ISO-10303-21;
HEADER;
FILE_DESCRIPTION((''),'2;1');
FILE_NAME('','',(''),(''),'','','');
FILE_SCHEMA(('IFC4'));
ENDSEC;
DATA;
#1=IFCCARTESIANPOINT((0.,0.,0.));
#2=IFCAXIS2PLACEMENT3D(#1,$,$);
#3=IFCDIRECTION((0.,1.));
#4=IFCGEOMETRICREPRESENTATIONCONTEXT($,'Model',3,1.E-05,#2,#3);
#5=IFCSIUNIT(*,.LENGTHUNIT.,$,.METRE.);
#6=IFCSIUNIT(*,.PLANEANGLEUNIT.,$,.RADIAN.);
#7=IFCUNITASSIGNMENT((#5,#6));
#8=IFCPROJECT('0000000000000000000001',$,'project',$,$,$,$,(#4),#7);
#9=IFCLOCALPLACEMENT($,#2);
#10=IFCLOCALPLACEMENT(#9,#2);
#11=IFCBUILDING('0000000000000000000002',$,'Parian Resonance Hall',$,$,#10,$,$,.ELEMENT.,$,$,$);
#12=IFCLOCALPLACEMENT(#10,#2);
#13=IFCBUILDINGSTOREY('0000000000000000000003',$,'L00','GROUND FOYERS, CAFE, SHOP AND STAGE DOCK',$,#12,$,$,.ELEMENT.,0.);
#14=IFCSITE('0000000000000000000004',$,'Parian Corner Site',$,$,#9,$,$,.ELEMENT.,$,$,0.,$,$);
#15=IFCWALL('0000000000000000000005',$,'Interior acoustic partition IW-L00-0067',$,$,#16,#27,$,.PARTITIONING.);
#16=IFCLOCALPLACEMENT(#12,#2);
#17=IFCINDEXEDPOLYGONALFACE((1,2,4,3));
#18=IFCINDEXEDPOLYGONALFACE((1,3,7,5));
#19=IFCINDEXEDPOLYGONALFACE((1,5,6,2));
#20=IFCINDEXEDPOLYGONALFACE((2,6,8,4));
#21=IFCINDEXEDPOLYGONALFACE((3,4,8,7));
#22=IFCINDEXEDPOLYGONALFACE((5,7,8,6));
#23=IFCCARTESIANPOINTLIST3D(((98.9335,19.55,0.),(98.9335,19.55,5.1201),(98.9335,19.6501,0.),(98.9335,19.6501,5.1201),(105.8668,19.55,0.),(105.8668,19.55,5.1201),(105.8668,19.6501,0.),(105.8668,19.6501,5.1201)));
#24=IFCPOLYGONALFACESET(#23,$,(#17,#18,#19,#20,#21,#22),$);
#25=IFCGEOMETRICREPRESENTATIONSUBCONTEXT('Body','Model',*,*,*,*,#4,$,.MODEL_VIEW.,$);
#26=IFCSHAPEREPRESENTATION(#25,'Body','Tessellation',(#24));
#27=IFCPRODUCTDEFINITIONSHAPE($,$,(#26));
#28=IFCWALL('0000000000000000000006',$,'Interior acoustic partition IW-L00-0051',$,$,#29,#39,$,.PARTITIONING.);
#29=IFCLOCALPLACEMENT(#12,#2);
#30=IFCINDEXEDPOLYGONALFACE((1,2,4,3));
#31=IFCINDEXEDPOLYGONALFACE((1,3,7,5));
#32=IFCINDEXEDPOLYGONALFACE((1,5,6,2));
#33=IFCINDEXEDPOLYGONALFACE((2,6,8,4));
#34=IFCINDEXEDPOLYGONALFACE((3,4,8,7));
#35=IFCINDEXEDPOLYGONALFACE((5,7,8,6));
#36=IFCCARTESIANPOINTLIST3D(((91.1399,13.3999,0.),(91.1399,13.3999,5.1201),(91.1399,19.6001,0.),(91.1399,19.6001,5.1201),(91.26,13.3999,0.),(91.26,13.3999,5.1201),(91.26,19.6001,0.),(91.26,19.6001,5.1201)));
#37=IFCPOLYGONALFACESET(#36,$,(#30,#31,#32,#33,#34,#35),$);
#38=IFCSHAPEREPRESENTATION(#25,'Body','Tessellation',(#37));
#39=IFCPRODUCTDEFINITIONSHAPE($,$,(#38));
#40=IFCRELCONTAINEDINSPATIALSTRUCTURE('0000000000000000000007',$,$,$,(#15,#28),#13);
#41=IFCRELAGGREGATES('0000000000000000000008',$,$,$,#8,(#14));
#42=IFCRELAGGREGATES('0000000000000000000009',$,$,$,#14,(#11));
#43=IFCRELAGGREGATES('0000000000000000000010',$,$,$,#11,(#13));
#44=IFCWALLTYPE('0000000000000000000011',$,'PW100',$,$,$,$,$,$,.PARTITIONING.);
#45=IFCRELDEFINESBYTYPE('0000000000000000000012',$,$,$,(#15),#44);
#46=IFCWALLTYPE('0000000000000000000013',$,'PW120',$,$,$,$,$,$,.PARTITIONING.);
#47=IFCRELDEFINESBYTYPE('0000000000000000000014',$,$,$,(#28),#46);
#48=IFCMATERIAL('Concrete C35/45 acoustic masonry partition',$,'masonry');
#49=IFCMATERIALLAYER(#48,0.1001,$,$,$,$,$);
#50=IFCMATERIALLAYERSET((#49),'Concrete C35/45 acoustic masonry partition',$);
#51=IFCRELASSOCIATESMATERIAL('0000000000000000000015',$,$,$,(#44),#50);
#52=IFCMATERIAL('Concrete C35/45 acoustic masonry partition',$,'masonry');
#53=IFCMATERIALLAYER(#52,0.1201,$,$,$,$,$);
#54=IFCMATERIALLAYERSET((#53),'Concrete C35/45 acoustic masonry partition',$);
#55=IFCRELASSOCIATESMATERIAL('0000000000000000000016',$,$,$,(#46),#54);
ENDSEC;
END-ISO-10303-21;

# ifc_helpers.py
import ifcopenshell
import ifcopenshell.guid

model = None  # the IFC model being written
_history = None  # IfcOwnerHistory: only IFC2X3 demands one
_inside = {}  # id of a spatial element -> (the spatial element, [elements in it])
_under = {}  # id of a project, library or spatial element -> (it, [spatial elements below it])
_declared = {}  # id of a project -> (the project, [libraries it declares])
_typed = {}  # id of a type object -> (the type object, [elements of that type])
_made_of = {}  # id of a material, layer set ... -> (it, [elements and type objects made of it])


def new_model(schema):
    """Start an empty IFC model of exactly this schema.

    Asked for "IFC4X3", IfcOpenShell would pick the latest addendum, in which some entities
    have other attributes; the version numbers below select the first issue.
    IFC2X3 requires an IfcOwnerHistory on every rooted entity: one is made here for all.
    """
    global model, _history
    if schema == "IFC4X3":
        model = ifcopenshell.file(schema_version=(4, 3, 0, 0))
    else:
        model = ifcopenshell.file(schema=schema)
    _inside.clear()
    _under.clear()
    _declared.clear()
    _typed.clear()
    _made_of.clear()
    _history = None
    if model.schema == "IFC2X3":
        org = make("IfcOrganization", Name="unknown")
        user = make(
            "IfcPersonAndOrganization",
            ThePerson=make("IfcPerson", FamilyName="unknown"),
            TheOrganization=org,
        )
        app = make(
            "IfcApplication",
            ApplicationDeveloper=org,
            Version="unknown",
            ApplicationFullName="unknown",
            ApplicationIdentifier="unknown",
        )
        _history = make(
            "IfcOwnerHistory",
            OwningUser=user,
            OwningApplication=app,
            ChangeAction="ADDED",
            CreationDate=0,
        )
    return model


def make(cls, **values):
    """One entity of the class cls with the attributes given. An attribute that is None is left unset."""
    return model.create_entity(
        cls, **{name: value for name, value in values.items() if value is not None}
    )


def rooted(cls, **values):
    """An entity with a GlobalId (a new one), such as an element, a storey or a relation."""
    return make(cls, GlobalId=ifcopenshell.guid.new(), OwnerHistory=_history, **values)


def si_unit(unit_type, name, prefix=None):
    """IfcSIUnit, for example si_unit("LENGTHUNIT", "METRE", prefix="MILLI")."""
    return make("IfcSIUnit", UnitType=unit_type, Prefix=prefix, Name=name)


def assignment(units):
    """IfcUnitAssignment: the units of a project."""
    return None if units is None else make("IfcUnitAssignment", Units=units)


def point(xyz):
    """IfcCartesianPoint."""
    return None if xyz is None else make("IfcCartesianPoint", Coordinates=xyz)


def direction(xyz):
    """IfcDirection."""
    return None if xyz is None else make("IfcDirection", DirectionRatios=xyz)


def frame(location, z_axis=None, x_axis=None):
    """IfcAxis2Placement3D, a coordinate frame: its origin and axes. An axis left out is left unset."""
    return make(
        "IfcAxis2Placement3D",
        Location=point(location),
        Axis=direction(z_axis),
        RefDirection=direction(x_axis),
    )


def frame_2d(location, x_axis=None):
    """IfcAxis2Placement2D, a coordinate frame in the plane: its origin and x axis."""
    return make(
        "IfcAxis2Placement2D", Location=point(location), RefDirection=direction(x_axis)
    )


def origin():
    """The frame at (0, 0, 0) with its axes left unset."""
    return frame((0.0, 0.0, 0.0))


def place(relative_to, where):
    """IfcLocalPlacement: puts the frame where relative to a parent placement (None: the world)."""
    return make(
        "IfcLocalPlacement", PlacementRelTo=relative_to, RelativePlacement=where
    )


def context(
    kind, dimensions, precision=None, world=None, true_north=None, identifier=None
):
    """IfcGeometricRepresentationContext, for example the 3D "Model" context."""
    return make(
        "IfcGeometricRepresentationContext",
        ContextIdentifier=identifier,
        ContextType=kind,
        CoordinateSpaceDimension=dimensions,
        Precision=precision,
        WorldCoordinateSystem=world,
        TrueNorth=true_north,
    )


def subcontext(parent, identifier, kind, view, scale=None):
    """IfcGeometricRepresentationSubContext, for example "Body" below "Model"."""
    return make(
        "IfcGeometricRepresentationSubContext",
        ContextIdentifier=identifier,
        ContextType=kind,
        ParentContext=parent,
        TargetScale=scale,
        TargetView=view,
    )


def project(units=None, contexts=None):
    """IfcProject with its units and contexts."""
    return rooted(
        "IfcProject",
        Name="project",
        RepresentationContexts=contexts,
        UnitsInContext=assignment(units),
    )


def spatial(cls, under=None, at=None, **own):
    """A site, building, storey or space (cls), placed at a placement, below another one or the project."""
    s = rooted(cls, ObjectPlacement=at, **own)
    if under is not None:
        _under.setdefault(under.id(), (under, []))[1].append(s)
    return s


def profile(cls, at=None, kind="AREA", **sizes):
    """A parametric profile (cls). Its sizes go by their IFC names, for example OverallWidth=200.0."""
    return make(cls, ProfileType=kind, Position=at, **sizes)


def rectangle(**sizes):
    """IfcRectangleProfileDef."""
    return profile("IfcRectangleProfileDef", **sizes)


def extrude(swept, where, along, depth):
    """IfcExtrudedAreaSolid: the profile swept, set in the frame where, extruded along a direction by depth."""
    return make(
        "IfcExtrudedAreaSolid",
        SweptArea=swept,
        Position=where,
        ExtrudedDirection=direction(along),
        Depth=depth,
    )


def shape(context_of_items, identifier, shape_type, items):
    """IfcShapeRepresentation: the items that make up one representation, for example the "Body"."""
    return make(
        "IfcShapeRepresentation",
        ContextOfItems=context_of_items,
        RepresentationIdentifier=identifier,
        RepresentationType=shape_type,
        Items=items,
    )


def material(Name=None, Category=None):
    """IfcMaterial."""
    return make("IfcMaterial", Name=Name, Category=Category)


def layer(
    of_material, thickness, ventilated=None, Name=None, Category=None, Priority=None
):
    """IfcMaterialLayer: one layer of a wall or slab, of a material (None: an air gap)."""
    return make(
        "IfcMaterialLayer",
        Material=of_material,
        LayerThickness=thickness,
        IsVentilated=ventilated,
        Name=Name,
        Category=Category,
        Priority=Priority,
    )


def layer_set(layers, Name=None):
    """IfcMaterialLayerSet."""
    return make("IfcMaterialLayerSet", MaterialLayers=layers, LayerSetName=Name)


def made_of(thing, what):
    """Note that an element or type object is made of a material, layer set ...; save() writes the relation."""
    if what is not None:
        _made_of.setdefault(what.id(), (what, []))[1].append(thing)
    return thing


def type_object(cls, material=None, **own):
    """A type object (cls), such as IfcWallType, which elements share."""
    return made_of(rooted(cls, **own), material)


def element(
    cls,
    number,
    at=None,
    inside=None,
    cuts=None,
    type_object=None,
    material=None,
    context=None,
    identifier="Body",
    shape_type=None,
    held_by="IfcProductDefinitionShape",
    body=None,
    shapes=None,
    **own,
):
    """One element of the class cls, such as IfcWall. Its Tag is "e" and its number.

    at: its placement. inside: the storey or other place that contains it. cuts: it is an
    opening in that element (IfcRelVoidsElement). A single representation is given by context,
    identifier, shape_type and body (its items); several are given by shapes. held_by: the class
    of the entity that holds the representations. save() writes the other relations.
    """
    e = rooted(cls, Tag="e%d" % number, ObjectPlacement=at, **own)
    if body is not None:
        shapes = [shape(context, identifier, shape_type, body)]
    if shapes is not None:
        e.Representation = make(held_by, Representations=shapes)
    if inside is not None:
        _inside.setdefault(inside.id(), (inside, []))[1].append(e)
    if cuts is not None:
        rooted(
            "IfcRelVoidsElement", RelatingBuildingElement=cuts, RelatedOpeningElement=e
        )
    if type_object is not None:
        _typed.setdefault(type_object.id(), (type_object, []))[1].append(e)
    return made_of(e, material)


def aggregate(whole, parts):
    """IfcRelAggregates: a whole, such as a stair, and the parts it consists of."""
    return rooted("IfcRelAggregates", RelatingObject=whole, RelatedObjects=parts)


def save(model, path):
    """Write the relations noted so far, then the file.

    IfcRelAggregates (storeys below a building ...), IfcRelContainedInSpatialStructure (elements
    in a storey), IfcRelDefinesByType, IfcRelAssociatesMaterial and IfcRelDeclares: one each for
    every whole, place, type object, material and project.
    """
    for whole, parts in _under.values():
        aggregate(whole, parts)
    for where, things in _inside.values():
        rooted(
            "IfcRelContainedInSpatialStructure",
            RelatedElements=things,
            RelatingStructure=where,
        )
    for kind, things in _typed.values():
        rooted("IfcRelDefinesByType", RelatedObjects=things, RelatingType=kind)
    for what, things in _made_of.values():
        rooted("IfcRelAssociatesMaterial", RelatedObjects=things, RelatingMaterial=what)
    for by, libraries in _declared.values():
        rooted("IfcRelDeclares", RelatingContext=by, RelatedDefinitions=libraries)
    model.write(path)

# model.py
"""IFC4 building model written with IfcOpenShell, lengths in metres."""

from ifc_helpers import new_model, si_unit, direction, frame, frame_2d, origin, place, context, subcontext, project, spatial, rectangle, extrude, material, layer, layer_set, type_object, element, save


model = new_model("IFC4")

# Units and contexts
model_context = context("Model", 3, precision=1e-05, world=origin(), true_north=direction((0.0, 1.0)))
body_context = subcontext(model_context, "Body", "Model", "MODEL_VIEW")
ifc_project = project(units=[si_unit("LENGTHUNIT", "METRE"), si_unit("PLANEANGLEUNIT", "RADIAN")], contexts=[model_context])

# Site, building, storey
site_placement = place(None, origin())
site = spatial("IfcSite", under=ifc_project, at=site_placement, Name="Parian Corner Site", CompositionType="ELEMENT", RefElevation=0.0)
building_placement = place(site_placement, origin())
building = spatial("IfcBuilding", under=site, at=building_placement, Name="Parian Resonance Hall", CompositionType="ELEMENT")
storey_placement = place(building_placement, origin())
storey = spatial("IfcBuildingStorey", under=building, at=storey_placement, Name="L00", Description="GROUND FOYERS, CAFE, SHOP AND STAGE DOCK", CompositionType="ELEMENT", Elevation=0.0)

# Walls
ifc_material_1 = material(Name="Concrete C35/45 acoustic masonry partition", Category="masonry")
ifc_layer_1 = layer(ifc_material_1, 0.1001)
ifc_layer_set_1 = layer_set([ifc_layer_1], Name="Concrete C35/45 acoustic masonry partition")
wall_type_1 = type_object("IfcWallType", Name="PW100", PredefinedType="PARTITIONING", material=ifc_layer_set_1)
wall_1_placement = place(storey_placement, frame((98.9333, 19.6001, 0.0), z_axis=(0.0, 0.0, 1.0), x_axis=(1.0, 0.0, 0.0)))
element("IfcWall", 1, at=wall_1_placement, inside=storey, type_object=wall_type_1, Name="Interior acoustic partition IW-L00-0067", PredefinedType="PARTITIONING", context=body_context, shape_type="SweptSolid", body=[
    extrude(rectangle(XDim=6.9333, YDim=0.1001, at=frame_2d((3.4668, 0.0))), origin(), (0.0, 0.0, 1.0), 5.1201),
])
ifc_material_2 = material(Name="Concrete C35/45 acoustic masonry partition", Category="masonry")
ifc_layer_2 = layer(ifc_material_2, 0.1201)
ifc_layer_set_2 = layer_set([ifc_layer_2], Name="Concrete C35/45 acoustic masonry partition")
wall_type_2 = type_object("IfcWallType", Name="PW120", PredefinedType="PARTITIONING", material=ifc_layer_set_2)
wall_2_placement = place(storey_placement, frame((91.2, 19.6001, 0.0), z_axis=(0.0, 0.0, 1.0), x_axis=(0.0, -1.0, 0.0)))
element("IfcWall", 2, at=wall_2_placement, inside=storey, type_object=wall_type_2, Name="Interior acoustic partition IW-L00-0051", PredefinedType="PARTITIONING", context=body_context, shape_type="SweptSolid", body=[
    extrude(rectangle(XDim=6.2002, YDim=0.1201, at=frame_2d((3.1001, 0.0))), origin(), (0.0, 0.0, 1.0), 5.1201),
])

save(model, "model.ifc")
